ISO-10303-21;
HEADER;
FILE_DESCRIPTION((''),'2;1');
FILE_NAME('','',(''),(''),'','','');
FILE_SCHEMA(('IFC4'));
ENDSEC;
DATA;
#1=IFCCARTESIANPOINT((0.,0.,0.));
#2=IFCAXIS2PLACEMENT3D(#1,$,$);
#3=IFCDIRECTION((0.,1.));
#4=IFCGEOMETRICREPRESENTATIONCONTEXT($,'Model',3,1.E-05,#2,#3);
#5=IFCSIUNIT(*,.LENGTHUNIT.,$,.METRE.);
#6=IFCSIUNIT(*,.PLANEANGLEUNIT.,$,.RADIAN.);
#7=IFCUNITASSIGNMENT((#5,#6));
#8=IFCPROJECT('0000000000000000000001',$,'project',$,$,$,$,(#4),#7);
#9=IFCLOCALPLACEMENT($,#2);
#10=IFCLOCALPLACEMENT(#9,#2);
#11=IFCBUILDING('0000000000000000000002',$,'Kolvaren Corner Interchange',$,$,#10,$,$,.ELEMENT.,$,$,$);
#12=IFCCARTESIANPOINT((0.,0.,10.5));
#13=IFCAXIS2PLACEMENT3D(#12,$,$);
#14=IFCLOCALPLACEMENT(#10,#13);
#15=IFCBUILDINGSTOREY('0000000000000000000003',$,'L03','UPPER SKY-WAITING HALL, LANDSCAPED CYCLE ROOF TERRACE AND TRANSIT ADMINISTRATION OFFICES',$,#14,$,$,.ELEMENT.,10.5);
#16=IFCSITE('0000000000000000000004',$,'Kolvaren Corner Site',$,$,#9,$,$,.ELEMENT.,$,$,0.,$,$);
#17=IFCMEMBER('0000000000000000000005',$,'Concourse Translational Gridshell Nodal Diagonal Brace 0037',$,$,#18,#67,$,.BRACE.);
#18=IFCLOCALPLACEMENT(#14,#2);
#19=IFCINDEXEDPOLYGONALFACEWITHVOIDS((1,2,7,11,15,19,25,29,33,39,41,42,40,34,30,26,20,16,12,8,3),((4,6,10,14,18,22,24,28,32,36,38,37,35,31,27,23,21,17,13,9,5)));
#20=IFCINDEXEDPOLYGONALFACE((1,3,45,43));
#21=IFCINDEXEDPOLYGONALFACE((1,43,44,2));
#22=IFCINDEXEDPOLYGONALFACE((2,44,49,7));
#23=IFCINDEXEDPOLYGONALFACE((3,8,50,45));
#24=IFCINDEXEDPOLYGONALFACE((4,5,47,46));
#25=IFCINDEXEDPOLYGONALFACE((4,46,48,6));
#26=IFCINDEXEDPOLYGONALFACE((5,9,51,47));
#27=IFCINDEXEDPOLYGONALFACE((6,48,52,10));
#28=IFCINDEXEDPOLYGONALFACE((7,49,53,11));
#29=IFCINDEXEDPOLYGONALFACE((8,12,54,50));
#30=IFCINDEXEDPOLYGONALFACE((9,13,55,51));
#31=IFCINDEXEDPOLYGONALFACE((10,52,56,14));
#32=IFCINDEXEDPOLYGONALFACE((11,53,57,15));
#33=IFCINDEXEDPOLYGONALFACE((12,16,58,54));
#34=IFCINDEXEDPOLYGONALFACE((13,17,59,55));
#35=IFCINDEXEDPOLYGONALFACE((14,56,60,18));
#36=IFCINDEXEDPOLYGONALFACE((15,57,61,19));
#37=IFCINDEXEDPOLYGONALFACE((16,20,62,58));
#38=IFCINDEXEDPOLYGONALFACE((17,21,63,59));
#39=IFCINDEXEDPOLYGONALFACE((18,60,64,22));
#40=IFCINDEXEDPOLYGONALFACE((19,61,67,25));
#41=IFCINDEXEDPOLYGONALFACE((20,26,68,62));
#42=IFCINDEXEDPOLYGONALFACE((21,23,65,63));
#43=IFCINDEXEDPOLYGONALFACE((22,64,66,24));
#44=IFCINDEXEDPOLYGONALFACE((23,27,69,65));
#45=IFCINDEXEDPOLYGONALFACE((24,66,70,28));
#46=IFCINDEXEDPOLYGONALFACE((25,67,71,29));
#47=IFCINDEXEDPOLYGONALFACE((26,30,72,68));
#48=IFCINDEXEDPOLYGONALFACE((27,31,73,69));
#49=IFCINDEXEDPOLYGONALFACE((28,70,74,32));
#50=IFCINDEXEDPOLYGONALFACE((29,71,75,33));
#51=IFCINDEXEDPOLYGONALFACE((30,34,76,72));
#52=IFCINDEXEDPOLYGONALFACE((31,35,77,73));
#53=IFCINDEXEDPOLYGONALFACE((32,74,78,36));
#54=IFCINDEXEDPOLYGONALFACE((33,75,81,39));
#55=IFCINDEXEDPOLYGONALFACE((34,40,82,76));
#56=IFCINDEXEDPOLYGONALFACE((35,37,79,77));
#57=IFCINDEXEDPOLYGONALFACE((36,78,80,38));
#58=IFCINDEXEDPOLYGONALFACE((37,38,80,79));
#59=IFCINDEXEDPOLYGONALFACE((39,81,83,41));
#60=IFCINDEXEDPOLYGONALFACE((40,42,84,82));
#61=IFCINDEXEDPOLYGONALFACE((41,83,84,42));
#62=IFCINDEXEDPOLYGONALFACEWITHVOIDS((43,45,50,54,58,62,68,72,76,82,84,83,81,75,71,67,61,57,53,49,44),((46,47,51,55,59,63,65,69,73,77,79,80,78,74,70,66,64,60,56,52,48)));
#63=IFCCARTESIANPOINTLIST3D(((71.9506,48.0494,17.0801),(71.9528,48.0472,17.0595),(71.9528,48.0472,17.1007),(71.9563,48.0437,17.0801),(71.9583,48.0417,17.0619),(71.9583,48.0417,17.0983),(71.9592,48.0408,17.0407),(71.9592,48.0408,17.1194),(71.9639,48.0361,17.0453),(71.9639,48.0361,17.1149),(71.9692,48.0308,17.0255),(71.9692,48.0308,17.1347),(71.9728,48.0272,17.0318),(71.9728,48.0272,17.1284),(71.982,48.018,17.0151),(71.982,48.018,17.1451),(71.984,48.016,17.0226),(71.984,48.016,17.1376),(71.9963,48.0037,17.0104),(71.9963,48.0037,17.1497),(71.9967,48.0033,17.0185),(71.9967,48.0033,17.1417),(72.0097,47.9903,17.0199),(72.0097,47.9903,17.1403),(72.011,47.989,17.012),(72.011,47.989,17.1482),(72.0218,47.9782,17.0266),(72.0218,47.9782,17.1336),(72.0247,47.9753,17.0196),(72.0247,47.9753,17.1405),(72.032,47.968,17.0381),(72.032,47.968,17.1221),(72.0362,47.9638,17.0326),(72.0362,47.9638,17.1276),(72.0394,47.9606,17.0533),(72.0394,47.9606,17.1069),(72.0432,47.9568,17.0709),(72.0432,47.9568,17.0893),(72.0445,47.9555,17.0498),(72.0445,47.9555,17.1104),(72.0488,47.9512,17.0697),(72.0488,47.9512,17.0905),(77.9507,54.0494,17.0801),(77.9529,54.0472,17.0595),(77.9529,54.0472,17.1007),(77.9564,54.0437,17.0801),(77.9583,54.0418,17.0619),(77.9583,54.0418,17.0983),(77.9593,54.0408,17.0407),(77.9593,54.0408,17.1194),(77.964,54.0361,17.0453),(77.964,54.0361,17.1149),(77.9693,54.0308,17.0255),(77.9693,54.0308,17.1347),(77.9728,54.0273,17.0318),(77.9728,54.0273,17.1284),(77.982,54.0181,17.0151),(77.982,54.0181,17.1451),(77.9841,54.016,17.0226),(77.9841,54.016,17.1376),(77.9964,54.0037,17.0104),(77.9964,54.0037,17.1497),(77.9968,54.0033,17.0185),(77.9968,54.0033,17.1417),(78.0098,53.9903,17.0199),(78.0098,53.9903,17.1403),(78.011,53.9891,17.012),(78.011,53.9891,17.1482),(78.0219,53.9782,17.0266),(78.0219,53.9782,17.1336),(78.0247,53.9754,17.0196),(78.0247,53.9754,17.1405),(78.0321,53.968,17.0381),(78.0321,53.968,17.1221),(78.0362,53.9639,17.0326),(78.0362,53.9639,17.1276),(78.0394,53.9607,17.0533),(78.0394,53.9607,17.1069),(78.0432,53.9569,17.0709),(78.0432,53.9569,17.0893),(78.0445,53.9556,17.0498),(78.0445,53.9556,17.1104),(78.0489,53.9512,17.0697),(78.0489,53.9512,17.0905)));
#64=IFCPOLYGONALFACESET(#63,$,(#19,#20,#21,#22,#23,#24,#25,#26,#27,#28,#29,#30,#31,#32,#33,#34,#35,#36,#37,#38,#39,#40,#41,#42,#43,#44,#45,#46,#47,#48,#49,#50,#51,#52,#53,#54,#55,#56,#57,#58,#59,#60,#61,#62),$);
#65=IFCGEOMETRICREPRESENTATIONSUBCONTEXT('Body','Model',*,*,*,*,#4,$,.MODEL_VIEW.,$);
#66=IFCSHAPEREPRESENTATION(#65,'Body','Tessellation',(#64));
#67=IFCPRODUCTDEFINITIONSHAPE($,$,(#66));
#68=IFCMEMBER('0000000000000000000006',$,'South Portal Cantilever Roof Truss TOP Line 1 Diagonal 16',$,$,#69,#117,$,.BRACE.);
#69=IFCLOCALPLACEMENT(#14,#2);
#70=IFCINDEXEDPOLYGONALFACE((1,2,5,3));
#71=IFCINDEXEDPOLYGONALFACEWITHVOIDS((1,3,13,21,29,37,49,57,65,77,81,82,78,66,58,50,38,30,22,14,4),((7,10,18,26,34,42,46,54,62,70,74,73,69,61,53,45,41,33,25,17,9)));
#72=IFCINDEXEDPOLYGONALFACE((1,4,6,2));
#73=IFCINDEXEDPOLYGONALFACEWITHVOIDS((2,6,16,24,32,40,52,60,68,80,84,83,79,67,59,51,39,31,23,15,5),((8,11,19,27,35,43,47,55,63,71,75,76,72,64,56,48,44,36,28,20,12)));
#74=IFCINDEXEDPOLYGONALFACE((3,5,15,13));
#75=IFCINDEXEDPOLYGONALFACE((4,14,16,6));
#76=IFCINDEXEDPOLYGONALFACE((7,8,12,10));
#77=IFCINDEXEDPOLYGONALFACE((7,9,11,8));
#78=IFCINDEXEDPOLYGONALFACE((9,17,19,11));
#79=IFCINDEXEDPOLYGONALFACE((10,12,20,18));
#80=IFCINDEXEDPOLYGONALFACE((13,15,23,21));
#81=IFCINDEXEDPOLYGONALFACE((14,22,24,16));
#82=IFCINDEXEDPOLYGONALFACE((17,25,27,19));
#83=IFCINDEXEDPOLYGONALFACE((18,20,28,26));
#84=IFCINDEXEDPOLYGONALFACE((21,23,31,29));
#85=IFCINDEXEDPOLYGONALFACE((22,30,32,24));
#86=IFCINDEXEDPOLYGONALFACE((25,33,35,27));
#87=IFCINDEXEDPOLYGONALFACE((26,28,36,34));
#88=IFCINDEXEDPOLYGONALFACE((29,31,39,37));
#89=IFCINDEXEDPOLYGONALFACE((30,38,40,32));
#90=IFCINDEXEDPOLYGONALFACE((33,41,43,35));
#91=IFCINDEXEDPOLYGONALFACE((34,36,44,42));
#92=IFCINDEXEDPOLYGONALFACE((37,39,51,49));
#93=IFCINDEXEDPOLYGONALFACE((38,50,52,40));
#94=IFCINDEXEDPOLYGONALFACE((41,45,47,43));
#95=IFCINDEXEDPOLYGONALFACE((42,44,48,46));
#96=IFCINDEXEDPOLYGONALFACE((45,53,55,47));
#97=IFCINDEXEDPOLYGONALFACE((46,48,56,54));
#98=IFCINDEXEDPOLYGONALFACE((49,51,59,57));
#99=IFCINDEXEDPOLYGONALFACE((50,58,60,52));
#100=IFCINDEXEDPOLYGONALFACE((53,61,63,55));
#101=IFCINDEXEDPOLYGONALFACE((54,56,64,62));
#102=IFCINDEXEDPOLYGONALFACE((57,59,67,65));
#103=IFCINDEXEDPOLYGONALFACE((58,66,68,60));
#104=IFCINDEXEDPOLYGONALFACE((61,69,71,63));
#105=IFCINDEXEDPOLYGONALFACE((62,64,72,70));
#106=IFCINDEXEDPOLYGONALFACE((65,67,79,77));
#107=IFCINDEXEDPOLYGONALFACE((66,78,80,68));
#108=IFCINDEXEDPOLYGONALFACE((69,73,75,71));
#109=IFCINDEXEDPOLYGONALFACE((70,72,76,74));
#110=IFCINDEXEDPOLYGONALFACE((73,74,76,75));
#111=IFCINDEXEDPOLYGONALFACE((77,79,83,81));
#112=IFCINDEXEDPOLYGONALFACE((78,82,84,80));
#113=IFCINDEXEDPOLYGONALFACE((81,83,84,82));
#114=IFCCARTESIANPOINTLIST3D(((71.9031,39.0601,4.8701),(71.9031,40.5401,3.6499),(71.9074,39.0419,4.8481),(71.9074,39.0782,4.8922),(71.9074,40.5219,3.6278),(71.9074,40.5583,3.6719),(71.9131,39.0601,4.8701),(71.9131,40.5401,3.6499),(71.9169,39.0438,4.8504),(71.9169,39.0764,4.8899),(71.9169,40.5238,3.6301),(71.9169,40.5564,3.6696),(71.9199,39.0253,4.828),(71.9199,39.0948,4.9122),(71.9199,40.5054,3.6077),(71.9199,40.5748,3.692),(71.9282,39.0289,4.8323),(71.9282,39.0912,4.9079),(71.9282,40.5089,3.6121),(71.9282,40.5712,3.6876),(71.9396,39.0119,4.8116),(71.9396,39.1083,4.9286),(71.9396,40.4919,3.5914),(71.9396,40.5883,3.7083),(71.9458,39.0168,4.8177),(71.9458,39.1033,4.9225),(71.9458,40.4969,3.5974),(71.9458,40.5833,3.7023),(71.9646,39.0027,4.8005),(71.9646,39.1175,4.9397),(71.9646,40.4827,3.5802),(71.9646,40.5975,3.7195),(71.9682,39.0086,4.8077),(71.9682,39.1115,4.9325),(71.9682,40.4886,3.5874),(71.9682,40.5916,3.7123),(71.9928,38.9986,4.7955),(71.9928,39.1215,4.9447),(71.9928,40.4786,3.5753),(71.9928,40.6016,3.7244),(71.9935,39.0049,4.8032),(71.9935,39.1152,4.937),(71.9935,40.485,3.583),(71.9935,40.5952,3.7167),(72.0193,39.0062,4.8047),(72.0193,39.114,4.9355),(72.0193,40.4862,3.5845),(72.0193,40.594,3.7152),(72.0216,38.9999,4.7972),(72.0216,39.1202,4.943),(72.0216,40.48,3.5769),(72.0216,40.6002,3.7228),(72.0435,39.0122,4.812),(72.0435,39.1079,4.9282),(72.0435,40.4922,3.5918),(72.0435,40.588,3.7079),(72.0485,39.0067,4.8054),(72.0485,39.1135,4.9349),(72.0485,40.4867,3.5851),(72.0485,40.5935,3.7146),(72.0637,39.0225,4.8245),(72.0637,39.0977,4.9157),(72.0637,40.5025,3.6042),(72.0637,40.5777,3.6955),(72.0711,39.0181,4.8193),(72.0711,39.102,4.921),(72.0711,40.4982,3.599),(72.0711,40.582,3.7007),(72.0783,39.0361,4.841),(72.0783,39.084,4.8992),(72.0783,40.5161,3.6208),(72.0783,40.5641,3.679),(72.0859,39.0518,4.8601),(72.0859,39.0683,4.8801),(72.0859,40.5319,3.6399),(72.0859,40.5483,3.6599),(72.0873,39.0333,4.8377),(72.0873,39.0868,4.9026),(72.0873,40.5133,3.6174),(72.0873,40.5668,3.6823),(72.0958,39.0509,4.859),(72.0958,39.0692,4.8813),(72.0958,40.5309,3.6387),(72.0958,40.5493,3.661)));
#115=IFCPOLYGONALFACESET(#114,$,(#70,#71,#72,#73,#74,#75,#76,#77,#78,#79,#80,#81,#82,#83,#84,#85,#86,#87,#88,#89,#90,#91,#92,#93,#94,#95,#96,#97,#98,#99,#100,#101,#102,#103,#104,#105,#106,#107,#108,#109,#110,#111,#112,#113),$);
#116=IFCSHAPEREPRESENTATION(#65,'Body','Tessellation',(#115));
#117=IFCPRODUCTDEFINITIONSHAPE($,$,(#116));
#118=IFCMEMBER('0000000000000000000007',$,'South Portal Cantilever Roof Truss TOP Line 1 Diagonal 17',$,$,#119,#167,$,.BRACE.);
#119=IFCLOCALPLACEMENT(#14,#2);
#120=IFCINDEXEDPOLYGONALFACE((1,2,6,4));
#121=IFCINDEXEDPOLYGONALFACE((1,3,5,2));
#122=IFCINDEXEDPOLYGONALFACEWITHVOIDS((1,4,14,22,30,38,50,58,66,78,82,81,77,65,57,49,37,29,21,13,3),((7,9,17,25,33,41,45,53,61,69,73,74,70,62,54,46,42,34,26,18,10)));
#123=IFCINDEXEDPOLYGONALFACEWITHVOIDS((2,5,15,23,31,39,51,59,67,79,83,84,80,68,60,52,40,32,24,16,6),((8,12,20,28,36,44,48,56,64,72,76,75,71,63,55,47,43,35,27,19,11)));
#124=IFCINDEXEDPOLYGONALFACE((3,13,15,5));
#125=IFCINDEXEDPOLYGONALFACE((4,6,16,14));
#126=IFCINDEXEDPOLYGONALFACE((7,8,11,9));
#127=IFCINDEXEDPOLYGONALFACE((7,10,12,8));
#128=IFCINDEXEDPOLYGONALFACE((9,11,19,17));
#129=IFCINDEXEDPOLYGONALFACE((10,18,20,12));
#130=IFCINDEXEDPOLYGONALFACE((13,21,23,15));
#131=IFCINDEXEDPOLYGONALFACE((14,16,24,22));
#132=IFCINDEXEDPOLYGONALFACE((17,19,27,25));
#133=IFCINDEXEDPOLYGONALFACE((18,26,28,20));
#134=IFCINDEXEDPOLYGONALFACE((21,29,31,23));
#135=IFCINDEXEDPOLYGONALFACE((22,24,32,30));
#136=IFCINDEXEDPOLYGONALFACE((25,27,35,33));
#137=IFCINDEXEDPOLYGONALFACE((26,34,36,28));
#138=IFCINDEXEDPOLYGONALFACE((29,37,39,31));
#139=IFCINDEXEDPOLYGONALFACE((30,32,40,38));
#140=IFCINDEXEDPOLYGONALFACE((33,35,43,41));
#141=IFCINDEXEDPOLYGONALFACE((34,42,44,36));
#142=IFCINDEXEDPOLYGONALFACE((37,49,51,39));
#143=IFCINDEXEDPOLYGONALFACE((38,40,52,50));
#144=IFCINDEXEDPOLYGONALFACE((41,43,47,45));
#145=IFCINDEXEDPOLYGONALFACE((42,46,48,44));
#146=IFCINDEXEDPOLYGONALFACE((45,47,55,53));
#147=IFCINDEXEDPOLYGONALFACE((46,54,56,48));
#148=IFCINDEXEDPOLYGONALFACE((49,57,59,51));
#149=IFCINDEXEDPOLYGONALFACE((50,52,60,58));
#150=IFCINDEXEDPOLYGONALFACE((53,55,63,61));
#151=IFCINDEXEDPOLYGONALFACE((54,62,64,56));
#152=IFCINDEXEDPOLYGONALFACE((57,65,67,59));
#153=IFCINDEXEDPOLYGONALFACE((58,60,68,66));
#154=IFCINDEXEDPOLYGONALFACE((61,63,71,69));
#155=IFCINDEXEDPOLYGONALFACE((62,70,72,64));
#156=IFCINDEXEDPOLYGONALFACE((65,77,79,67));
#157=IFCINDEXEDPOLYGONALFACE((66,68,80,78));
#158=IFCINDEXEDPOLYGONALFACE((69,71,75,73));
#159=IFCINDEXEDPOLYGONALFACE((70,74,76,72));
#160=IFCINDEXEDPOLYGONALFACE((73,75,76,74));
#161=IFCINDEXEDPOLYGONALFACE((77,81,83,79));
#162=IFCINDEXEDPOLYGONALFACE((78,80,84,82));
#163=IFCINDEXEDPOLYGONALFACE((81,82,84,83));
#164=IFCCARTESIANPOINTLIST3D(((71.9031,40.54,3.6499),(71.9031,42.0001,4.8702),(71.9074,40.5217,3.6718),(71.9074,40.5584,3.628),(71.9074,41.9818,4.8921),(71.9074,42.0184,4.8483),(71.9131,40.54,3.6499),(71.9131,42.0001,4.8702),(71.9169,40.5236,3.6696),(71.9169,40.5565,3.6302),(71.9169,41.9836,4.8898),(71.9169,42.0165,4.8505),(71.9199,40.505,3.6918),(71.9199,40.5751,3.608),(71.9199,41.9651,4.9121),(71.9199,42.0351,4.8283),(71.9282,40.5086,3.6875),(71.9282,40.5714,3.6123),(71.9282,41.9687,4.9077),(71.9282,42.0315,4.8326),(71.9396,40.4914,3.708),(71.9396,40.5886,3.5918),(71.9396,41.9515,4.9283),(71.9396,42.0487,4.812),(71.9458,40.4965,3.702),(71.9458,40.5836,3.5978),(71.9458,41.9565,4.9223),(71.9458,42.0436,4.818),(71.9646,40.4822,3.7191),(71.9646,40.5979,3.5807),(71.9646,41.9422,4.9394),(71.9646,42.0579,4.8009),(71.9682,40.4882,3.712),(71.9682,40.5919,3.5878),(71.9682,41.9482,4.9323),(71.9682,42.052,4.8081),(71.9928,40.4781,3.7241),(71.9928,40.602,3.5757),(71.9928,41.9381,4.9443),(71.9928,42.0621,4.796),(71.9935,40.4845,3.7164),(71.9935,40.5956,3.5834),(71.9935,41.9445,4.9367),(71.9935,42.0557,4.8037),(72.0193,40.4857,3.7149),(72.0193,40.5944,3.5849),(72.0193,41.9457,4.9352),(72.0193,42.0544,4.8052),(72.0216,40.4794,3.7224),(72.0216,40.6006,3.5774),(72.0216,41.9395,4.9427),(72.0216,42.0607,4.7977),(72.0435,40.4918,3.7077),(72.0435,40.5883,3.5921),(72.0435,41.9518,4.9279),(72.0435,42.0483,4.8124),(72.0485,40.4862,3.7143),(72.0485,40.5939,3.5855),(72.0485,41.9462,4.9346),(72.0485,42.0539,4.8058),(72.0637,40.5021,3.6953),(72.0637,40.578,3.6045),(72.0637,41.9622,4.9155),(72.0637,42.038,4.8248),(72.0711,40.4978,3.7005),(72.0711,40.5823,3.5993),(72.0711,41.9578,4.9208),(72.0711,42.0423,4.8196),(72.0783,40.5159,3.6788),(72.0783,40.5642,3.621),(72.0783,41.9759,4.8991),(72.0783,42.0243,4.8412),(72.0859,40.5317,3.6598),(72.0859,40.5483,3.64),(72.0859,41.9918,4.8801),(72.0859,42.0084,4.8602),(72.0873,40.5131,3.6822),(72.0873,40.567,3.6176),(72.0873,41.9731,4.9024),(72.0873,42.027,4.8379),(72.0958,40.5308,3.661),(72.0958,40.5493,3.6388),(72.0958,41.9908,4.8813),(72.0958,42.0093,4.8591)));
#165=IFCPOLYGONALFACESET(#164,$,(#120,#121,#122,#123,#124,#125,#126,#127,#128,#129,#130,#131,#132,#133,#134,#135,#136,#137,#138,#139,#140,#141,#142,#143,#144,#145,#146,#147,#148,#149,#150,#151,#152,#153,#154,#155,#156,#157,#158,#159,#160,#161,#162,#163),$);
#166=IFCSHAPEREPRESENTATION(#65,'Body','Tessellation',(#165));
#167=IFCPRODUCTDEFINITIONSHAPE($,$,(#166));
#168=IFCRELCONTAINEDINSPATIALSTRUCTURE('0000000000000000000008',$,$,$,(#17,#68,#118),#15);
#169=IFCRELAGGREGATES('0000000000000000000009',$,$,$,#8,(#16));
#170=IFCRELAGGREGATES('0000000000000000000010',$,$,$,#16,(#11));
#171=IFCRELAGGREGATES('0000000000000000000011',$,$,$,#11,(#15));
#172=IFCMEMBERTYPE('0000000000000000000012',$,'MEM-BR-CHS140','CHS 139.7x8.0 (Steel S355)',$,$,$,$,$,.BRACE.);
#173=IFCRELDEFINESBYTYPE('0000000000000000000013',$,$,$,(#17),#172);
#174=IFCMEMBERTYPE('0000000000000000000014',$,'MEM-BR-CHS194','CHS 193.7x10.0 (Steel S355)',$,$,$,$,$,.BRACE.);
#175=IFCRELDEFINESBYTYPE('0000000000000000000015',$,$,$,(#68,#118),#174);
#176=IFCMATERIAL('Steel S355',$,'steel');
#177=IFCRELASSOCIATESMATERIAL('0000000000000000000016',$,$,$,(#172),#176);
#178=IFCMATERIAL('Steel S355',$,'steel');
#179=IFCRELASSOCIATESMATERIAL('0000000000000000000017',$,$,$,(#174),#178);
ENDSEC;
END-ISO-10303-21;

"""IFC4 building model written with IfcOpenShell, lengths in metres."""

from ifc_helpers import new_model, si_unit, direction, frame, origin, origin_2d, place, context, subcontext, project, spatial, hollow_circle, extrude, material, material_profile, profile_set, type_object, element, save


model = new_model("IFC4")

# Units and contexts
model_context = context("Model", 3, precision=1e-05, world=origin(), true_north=direction((0.0, 1.0)))
body_context = subcontext(model_context, "Body", "Model", "MODEL_VIEW")
ifc_project = project(units=[si_unit("LENGTHUNIT", "METRE"), si_unit("PLANEANGLEUNIT", "RADIAN")], contexts=[model_context])

# Site, building, storey
site_placement = place(None, origin())
site = spatial("IfcSite", under=ifc_project, at=site_placement, Name="Kolvaren Corner Site", CompositionType="ELEMENT", RefElevation=0.0)
building_placement = place(site_placement, origin())
building = spatial("IfcBuilding", under=site, at=building_placement, Name="Kolvaren Corner Interchange", CompositionType="ELEMENT")
storey_placement = place(building_placement, frame((0.0, 0.0, 10.5)))
storey = spatial("IfcBuildingStorey", under=building, at=storey_placement, Name="L03", Description="UPPER SKY-WAITING HALL, LANDSCAPED CYCLE ROOF TERRACE AND TRANSIT ADMINISTRATION OFFICES", CompositionType="ELEMENT", Elevation=10.5)

# Members
ifc_material_1 = material(Name="Steel S355", Category="steel")
ifc_material_profile_1 = material_profile(ifc_material_1, hollow_circle(Radius=0.0698, WallThickness=0.0081, at=origin_2d()), Name="CHS 139.7x8.0")
ifc_profile_set_1 = profile_set([ifc_material_profile_1], Name="Steel S355")
member_type_1 = type_object("IfcMemberType", Name="MEM-BR-CHS140", Description="CHS 139.7x8.0 (Steel S355)", PredefinedType="BRACE", material=ifc_profile_set_1)
member_1_placement = place(storey_placement, frame((72.0, 48.0, 17.0801), z_axis=(0.707107, 0.707107, 0.0), x_axis=(-0.707107, 0.707107, 0.0)))
element("IfcMember", 1, at=member_1_placement, inside=storey, type_object=member_type_1, Name="Concourse Translational Gridshell Nodal Diagonal Brace 0037", PredefinedType="BRACE", context=body_context, shape_type="SweptSolid", body=[
    extrude(hollow_circle(Radius=0.0698, WallThickness=0.0081, at=origin_2d()), origin(), (0.0, 0.0, 1.0), 8.4854),
])
ifc_material_2 = material(Name="Steel S355", Category="steel")
ifc_material_profile_2 = material_profile(ifc_material_2, hollow_circle(Radius=0.0969, WallThickness=0.01, at=origin_2d()), Name="CHS 193.7x10.0")
ifc_profile_set_2 = profile_set([ifc_material_profile_2], Name="Steel S355")
member_type_2 = type_object("IfcMemberType", Name="MEM-BR-CHS194", Description="CHS 193.7x10.0 (Steel S355)", PredefinedType="BRACE", material=ifc_profile_set_2)
member_2_placement = place(storey_placement, frame((72.0, 39.0601, 4.8701), z_axis=(0.0, 0.77157, -0.636144), x_axis=(-1.0, 0.0, 0.0)))
element("IfcMember", 2, at=member_2_placement, inside=storey, type_object=member_type_2, Name="South Portal Cantilever Roof Truss TOP Line 1 Diagonal 16", PredefinedType="BRACE", context=body_context, shape_type="SweptSolid", body=[
    extrude(hollow_circle(Radius=0.0969, WallThickness=0.01, at=origin_2d()), origin(), (0.0, 0.0, 1.0), 1.9182),
])
member_3_placement = place(storey_placement, frame((72.0, 40.54, 3.6499), z_axis=(0.0, 0.767295, 0.641294), x_axis=(-1.0, 0.0, 0.0)))
element("IfcMember", 3, at=member_3_placement, inside=storey, type_object=member_type_2, Name="South Portal Cantilever Roof Truss TOP Line 1 Diagonal 17", PredefinedType="BRACE", context=body_context, shape_type="SweptSolid", body=[
    extrude(hollow_circle(Radius=0.0969, WallThickness=0.01, at=origin_2d()), origin(), (0.0, 0.0, 1.0), 1.9028),
])

save(model, "model.ifc")
